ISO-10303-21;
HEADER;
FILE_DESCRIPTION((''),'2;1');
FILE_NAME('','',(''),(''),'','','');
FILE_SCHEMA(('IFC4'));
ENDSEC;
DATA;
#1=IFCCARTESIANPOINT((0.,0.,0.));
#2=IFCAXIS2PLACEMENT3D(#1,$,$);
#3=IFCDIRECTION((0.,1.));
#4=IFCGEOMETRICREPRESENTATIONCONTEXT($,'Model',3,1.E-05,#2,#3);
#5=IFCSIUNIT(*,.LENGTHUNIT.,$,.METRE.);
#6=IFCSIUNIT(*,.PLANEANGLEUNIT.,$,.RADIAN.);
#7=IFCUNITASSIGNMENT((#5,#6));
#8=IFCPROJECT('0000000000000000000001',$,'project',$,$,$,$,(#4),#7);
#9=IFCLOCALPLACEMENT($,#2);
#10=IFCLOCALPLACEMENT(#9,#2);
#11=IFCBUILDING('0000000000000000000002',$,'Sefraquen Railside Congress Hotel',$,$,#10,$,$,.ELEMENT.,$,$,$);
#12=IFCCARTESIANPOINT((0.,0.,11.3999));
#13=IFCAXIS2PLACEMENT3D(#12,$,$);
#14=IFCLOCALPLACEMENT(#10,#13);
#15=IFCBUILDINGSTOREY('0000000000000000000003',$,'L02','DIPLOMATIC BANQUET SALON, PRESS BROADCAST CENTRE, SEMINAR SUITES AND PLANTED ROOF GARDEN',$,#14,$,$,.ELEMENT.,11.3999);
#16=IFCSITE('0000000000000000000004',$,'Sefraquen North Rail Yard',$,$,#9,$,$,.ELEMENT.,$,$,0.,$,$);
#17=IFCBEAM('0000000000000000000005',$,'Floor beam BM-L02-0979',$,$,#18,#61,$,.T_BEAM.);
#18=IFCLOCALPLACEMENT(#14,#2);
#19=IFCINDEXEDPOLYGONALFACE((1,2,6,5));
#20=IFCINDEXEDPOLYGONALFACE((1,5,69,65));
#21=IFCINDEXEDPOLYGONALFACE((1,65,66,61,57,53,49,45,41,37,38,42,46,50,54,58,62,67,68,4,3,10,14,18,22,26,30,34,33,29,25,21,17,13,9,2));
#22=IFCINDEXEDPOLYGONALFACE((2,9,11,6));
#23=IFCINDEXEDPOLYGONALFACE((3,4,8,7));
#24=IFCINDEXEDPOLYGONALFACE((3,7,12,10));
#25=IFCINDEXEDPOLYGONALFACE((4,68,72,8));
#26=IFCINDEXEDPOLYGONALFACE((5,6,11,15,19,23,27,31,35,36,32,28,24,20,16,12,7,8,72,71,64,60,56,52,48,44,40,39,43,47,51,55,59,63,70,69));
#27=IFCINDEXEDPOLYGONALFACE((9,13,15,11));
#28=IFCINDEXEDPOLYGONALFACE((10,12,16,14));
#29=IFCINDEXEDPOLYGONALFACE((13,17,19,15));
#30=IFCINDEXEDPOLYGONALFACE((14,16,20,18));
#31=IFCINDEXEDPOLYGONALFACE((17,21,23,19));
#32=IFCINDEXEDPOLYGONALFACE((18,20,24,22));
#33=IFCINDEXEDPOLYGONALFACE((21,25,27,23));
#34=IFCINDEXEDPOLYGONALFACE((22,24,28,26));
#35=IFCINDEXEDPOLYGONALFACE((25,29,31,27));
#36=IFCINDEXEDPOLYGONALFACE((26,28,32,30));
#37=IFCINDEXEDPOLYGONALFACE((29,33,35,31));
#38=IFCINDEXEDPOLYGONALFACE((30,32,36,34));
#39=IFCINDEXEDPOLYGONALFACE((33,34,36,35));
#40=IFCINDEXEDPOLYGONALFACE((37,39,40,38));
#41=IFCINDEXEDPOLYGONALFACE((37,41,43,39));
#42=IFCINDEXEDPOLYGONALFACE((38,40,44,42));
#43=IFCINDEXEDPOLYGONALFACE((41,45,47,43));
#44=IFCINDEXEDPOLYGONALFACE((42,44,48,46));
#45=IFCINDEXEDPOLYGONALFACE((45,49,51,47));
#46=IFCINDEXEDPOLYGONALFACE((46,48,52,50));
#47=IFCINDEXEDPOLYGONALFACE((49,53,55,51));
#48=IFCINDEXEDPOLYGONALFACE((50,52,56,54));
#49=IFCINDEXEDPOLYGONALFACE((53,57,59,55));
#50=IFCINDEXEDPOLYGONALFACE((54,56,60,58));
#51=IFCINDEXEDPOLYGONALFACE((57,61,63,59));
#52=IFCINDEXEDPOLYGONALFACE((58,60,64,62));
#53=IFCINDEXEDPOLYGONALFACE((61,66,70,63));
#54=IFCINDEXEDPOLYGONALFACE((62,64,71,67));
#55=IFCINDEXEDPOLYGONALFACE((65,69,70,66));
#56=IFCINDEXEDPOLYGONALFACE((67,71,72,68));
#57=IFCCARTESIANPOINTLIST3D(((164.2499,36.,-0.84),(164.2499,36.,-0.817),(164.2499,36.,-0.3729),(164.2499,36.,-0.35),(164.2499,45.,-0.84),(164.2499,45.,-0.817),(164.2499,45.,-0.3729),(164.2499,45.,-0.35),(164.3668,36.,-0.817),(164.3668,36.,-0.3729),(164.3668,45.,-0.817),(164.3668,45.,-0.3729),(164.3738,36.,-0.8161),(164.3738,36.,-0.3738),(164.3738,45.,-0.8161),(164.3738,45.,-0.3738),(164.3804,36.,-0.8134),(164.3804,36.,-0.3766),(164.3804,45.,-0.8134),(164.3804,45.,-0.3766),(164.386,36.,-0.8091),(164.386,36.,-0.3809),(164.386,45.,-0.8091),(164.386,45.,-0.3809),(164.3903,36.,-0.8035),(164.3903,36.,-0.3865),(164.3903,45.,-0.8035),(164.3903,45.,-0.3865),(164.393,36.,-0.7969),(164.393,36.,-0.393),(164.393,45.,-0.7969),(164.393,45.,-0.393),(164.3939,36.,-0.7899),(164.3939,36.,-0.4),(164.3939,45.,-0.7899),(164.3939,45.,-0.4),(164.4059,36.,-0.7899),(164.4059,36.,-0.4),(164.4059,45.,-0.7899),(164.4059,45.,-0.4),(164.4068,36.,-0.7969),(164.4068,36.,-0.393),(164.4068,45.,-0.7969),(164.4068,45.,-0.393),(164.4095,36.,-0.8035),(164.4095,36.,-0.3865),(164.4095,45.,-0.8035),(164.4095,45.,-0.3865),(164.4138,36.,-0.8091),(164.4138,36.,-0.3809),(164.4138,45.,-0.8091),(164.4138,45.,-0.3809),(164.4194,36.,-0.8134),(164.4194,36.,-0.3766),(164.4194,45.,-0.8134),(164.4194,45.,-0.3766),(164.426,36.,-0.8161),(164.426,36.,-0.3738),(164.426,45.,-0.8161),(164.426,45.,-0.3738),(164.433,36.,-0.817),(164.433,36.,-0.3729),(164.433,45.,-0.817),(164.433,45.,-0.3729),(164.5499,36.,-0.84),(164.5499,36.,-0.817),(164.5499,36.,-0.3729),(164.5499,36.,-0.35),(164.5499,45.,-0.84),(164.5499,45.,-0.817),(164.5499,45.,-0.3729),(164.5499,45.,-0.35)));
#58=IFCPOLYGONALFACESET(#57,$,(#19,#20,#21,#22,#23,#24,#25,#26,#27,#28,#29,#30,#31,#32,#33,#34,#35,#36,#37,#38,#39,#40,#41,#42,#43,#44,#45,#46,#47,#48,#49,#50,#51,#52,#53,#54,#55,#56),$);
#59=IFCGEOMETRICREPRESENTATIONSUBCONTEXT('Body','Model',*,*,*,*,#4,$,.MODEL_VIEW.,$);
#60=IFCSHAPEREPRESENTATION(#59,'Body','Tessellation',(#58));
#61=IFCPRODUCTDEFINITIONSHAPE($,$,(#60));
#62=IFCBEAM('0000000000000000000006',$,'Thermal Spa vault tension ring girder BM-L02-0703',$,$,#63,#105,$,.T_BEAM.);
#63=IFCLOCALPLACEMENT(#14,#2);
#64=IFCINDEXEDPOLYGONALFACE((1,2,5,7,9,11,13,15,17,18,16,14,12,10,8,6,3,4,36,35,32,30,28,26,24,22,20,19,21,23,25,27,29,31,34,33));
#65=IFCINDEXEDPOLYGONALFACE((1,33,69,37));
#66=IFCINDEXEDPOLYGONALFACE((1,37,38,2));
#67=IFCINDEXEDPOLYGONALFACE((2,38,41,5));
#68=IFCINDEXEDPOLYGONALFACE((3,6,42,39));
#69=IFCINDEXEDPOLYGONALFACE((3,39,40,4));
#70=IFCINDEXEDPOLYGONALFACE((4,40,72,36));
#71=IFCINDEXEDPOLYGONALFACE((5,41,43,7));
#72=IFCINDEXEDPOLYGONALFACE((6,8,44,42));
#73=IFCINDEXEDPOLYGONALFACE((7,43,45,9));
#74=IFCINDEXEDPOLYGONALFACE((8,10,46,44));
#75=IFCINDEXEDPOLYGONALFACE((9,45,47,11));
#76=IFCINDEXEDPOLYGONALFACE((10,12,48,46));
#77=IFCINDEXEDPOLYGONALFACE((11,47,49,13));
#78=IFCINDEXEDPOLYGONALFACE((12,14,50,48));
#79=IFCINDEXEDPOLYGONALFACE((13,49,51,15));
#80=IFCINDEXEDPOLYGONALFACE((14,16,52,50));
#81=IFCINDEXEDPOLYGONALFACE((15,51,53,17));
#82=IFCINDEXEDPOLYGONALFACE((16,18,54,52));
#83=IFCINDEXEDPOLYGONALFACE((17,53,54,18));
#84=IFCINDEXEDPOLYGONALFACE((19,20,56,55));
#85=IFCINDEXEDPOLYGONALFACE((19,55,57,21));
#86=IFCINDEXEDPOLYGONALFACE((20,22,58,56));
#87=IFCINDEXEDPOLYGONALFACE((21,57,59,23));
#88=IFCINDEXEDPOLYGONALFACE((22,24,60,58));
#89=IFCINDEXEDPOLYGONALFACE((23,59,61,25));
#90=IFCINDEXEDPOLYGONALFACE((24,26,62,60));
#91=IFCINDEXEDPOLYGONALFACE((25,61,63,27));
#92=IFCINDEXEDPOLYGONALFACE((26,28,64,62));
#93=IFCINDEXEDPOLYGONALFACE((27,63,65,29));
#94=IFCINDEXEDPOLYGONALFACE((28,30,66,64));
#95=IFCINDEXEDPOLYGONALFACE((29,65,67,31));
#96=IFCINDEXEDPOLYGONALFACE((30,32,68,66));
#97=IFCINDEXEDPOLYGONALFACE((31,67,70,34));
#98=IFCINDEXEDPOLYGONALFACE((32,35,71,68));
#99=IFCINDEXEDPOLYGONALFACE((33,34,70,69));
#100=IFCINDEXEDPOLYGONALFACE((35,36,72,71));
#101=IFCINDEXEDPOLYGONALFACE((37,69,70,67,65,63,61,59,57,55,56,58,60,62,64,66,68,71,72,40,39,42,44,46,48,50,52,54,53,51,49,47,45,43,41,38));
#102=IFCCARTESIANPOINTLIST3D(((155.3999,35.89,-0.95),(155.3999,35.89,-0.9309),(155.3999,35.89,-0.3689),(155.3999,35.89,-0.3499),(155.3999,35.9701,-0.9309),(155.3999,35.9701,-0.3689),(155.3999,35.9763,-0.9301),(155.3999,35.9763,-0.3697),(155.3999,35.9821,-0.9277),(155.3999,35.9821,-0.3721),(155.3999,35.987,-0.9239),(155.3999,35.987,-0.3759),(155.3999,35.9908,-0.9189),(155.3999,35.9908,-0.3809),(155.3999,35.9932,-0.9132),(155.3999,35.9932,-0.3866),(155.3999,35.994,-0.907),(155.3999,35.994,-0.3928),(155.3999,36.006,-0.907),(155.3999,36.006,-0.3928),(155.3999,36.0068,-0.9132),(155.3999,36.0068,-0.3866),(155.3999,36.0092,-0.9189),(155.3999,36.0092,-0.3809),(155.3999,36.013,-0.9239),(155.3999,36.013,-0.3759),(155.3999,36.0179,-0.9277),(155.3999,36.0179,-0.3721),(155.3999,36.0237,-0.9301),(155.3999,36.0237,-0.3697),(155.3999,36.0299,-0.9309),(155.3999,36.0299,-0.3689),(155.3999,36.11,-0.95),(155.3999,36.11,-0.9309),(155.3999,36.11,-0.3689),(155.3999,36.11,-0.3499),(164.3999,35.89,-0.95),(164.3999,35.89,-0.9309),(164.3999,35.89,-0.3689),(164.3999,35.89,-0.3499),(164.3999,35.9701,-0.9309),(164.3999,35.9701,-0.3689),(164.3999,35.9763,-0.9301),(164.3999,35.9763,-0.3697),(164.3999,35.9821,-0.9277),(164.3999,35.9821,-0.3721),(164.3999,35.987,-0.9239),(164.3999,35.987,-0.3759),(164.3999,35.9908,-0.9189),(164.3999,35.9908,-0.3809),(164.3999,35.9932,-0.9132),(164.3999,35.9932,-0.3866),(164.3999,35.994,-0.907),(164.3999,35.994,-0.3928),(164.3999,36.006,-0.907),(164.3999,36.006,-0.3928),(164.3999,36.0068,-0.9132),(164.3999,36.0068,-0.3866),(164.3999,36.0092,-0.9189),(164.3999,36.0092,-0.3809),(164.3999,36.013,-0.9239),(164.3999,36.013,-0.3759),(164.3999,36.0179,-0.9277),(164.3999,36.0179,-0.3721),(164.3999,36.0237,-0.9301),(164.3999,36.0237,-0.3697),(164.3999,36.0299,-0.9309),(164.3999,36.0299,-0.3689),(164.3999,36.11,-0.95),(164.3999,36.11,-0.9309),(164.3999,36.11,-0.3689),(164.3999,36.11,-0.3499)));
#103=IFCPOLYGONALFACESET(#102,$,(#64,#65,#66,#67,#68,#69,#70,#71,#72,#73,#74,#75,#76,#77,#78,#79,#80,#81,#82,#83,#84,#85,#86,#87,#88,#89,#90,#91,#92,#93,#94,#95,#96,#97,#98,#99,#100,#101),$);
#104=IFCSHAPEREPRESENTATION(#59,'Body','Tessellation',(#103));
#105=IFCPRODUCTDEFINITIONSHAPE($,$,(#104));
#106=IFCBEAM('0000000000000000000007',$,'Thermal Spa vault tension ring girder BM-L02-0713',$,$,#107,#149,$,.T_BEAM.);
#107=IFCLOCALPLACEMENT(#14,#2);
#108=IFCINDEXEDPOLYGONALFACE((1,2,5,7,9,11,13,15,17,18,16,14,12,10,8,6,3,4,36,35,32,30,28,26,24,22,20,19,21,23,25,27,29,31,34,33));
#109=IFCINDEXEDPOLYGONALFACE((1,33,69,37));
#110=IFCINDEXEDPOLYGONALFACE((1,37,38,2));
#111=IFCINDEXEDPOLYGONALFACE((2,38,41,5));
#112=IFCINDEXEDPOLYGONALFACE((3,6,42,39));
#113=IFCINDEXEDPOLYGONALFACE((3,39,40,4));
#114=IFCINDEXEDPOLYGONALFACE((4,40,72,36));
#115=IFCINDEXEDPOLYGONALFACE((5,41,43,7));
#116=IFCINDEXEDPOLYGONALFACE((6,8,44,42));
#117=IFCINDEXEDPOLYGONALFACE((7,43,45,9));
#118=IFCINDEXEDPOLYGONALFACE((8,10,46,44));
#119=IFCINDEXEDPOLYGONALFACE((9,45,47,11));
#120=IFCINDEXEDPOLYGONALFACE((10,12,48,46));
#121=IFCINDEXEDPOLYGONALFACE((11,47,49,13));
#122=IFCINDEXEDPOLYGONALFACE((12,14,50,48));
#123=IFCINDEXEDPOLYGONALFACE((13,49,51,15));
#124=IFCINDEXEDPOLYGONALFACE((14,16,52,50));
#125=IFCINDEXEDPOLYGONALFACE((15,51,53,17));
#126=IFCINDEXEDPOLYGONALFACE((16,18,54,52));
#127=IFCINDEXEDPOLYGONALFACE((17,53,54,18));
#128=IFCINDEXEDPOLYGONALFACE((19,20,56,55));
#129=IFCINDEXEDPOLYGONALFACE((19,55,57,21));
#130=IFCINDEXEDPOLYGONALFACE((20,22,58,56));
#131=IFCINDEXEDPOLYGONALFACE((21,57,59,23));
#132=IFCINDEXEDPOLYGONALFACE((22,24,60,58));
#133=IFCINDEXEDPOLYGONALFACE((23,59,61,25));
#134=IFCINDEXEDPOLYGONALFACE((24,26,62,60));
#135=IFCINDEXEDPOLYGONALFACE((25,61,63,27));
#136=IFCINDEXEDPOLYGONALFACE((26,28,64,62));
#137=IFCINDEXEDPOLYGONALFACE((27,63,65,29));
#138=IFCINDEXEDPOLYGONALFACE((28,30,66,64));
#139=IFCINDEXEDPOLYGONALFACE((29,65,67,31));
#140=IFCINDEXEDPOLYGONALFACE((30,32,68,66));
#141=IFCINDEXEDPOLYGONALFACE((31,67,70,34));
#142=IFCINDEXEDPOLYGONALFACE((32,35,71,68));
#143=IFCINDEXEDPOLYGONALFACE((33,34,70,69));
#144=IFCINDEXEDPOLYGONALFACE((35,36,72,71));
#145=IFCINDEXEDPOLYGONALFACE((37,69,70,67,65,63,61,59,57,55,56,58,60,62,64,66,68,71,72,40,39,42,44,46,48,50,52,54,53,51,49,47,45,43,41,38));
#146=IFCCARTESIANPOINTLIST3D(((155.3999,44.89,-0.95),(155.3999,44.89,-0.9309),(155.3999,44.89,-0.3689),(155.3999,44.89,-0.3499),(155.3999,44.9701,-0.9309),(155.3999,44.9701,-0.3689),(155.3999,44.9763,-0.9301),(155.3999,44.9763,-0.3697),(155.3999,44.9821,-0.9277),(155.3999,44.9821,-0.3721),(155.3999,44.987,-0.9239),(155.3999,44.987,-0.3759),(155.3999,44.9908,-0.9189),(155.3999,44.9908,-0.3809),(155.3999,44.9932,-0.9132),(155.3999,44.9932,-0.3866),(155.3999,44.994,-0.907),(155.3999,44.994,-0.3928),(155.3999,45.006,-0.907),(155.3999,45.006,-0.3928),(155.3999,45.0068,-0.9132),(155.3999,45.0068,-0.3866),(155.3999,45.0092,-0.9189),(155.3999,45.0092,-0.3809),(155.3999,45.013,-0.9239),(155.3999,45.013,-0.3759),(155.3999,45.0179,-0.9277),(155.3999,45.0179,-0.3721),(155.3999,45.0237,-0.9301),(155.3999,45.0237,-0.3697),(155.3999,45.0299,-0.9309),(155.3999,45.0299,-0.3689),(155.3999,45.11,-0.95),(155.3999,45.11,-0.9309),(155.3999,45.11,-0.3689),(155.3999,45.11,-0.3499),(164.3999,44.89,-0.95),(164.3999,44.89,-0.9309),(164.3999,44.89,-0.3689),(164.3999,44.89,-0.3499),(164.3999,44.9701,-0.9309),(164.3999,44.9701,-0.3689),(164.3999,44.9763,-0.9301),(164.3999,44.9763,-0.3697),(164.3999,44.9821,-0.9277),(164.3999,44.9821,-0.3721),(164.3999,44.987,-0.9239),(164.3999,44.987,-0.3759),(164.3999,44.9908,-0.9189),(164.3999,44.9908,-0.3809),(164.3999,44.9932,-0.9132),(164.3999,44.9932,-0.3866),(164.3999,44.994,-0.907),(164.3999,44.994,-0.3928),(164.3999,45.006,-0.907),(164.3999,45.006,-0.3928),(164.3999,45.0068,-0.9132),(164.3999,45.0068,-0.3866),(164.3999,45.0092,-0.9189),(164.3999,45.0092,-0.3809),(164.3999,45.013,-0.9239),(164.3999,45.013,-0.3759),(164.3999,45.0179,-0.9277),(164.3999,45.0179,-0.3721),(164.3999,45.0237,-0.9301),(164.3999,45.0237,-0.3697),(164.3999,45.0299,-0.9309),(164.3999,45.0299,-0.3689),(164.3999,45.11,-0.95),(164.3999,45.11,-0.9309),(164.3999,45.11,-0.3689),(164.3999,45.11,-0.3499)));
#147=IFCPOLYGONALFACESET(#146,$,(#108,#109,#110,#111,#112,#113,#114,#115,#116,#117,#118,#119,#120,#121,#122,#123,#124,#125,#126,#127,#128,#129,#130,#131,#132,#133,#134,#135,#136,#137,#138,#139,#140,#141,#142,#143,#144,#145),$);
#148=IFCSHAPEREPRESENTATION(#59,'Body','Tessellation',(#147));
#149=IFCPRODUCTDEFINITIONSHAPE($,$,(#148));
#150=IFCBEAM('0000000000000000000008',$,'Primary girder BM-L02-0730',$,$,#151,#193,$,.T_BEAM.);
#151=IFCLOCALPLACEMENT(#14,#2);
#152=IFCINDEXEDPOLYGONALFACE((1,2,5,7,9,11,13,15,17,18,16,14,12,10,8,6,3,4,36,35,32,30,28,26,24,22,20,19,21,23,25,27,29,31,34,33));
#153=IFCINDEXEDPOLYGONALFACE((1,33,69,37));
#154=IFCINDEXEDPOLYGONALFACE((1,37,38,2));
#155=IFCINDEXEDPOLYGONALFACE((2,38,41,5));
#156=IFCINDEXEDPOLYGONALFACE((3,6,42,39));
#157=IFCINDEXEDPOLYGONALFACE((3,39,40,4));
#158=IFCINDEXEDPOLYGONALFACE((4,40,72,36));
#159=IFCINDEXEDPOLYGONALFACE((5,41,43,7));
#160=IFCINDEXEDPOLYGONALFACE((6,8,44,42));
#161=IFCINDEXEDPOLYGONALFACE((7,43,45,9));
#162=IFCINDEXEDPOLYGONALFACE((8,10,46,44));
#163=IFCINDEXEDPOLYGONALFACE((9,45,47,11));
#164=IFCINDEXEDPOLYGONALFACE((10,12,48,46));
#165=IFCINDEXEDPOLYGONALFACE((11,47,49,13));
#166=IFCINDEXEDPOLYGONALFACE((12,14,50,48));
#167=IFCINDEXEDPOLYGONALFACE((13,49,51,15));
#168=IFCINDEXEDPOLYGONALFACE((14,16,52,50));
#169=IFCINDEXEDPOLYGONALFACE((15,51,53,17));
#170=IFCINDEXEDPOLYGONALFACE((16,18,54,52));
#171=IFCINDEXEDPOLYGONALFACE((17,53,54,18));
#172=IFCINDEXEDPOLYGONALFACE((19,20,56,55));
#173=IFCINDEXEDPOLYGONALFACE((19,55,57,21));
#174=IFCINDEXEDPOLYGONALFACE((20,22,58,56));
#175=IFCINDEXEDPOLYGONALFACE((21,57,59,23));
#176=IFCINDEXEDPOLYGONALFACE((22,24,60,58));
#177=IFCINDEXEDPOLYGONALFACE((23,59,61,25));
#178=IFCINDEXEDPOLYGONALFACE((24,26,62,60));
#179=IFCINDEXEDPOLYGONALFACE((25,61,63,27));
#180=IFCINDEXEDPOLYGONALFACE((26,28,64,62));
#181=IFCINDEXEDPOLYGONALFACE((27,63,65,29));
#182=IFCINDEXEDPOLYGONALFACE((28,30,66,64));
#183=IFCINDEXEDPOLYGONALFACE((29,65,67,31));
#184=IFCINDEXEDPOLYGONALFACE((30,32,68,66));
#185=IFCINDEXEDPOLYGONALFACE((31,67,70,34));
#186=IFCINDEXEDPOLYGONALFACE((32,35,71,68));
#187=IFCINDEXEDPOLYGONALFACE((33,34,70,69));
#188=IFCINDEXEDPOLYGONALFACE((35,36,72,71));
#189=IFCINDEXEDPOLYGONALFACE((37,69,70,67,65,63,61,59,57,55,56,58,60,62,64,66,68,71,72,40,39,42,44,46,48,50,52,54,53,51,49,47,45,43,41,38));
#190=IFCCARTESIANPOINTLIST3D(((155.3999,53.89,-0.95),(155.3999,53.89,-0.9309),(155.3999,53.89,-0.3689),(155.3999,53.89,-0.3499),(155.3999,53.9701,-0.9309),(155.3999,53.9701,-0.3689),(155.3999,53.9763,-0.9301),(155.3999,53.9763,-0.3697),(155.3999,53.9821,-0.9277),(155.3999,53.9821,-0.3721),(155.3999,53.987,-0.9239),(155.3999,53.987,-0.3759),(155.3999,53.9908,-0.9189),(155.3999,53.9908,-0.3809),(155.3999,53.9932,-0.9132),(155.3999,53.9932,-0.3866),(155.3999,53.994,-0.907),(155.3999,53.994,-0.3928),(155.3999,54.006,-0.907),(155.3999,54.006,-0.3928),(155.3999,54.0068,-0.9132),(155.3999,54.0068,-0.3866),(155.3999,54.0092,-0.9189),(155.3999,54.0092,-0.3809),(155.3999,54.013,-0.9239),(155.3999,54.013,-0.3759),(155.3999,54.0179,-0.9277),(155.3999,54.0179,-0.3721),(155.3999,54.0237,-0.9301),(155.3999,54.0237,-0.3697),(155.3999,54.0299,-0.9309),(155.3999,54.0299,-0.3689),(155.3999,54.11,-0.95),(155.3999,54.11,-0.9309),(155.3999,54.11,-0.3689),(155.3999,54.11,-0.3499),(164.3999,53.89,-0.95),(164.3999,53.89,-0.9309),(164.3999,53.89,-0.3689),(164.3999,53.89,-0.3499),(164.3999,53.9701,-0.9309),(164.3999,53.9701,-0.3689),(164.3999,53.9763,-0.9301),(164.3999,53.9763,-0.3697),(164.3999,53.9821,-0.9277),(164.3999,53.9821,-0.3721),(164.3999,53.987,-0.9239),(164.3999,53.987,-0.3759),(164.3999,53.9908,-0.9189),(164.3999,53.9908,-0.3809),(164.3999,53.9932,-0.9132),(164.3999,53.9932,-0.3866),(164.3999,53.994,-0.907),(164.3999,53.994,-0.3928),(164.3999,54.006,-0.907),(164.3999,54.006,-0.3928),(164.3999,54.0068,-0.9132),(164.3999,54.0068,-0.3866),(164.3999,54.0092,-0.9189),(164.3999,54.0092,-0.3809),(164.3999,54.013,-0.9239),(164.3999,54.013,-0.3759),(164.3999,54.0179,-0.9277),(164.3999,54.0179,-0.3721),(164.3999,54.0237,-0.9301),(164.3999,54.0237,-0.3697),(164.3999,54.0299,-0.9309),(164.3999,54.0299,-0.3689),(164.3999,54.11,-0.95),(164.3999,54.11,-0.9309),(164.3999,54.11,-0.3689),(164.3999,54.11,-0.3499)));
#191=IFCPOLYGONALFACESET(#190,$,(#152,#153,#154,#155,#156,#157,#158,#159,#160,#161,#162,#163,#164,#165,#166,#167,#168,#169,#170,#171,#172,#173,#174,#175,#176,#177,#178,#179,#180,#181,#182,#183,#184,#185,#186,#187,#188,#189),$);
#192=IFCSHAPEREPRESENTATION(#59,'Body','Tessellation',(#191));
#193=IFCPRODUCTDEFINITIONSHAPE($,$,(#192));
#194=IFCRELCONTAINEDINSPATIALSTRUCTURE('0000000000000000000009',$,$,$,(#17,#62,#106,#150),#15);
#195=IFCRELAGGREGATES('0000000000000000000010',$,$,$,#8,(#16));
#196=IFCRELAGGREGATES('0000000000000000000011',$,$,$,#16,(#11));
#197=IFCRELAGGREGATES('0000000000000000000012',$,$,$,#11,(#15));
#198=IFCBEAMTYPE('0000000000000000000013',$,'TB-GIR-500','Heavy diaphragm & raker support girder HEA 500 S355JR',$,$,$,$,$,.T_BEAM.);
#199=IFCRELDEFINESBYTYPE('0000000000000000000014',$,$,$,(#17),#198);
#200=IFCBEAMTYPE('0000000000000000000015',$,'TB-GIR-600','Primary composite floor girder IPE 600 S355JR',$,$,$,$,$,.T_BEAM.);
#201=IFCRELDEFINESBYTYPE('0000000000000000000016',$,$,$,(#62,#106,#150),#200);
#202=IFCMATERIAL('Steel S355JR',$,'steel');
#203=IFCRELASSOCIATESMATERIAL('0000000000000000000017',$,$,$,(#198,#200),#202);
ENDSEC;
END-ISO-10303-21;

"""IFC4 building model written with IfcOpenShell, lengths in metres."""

from ifc_helpers import new_model, si_unit, direction, frame, origin, origin_2d, place, context, subcontext, project, spatial, i_section, extrude, material, material_profile, profile_set, type_object, element, save


model = new_model("IFC4")

# Units and contexts
model_context = context("Model", 3, precision=1e-05, world=origin(), true_north=direction((0.0, 1.0)))
body_context = subcontext(model_context, "Body", "Model", "MODEL_VIEW")
ifc_project = project(units=[si_unit("LENGTHUNIT", "METRE"), si_unit("PLANEANGLEUNIT", "RADIAN")], contexts=[model_context])

# Site, building, storey
site_placement = place(None, origin())
site = spatial("IfcSite", under=ifc_project, at=site_placement, Name="Sefraquen North Rail Yard", CompositionType="ELEMENT", RefElevation=0.0)
building_placement = place(site_placement, origin())
building = spatial("IfcBuilding", under=site, at=building_placement, Name="Sefraquen Railside Congress Hotel", CompositionType="ELEMENT")
storey_placement = place(building_placement, frame((0.0, 0.0, 11.3999)))
storey = spatial("IfcBuildingStorey", under=building, at=storey_placement, Name="L02", Description="DIPLOMATIC BANQUET SALON, PRESS BROADCAST CENTRE, SEMINAR SUITES AND PLANTED ROOF GARDEN", CompositionType="ELEMENT", Elevation=11.3999)

# Shared definitions
ifc_material_1 = material(Name="Steel S355JR", Category="steel")

# Beams
ifc_material_profile_1 = material_profile(ifc_material_1, i_section(OverallWidth=0.3, OverallDepth=0.49, WebThickness=0.012, FlangeThickness=0.0229, FilletRadius=0.0271, at=origin_2d()), Name="HEA 500")
ifc_profile_set_1 = profile_set([ifc_material_profile_1], Name="Steel S355JR")
beam_type_1 = type_object("IfcBeamType", Name="TB-GIR-500", Description="Heavy diaphragm & raker support girder HEA 500 S355JR", PredefinedType="T_BEAM", material=ifc_profile_set_1)
for number, where, z_axis, x_axis, name in (
    (1, (164.3999, 36.0, -0.595), (0.0, 1.0, 0.0), (-1.0, 0.0, 0.0), "Floor beam BM-L02-0979"),
):
    element("IfcBeam", number, at=place(storey_placement, frame(where, z_axis=z_axis, x_axis=x_axis)), inside=storey, type_object=beam_type_1, Name=name, PredefinedType="T_BEAM", context=body_context, shape_type="SweptSolid", body=[
        extrude(i_section(OverallWidth=0.3, OverallDepth=0.49, WebThickness=0.012, FlangeThickness=0.0229, FilletRadius=0.0271, at=origin_2d()), origin(), (0.0, 0.0, 1.0), 9.0),
    ])
ifc_material_profile_2 = material_profile(ifc_material_1, i_section(OverallWidth=0.22, OverallDepth=0.6001, WebThickness=0.012, FlangeThickness=0.019, FilletRadius=0.0239, at=origin_2d()), Name="IPE 600")
ifc_profile_set_2 = profile_set([ifc_material_profile_2], Name="Steel S355JR")
beam_type_2 = type_object("IfcBeamType", Name="TB-GIR-600", Description="Primary composite floor girder IPE 600 S355JR", PredefinedType="T_BEAM", material=ifc_profile_set_2)
for number, where, z_axis, x_axis, name in (
    (2, (155.3999, 36.0, -0.6499), (1.0, 0.0, 0.0), (0.0, 1.0, 0.0), "Thermal Spa vault tension ring girder BM-L02-0703"),
    (3, (155.3999, 45.0, -0.6499), (1.0, 0.0, 0.0), (0.0, 1.0, 0.0), "Thermal Spa vault tension ring girder BM-L02-0713"),
    (4, (155.3999, 54.0, -0.6499), (1.0, 0.0, 0.0), (0.0, 1.0, 0.0), "Primary girder BM-L02-0730"),
):
    element("IfcBeam", number, at=place(storey_placement, frame(where, z_axis=z_axis, x_axis=x_axis)), inside=storey, type_object=beam_type_2, Name=name, PredefinedType="T_BEAM", context=body_context, shape_type="SweptSolid", body=[
        extrude(i_section(OverallWidth=0.22, OverallDepth=0.6001, WebThickness=0.012, FlangeThickness=0.019, FilletRadius=0.0239, at=origin_2d()), origin(), (0.0, 0.0, 1.0), 9.0),
    ])

save(model, "model.ifc")
